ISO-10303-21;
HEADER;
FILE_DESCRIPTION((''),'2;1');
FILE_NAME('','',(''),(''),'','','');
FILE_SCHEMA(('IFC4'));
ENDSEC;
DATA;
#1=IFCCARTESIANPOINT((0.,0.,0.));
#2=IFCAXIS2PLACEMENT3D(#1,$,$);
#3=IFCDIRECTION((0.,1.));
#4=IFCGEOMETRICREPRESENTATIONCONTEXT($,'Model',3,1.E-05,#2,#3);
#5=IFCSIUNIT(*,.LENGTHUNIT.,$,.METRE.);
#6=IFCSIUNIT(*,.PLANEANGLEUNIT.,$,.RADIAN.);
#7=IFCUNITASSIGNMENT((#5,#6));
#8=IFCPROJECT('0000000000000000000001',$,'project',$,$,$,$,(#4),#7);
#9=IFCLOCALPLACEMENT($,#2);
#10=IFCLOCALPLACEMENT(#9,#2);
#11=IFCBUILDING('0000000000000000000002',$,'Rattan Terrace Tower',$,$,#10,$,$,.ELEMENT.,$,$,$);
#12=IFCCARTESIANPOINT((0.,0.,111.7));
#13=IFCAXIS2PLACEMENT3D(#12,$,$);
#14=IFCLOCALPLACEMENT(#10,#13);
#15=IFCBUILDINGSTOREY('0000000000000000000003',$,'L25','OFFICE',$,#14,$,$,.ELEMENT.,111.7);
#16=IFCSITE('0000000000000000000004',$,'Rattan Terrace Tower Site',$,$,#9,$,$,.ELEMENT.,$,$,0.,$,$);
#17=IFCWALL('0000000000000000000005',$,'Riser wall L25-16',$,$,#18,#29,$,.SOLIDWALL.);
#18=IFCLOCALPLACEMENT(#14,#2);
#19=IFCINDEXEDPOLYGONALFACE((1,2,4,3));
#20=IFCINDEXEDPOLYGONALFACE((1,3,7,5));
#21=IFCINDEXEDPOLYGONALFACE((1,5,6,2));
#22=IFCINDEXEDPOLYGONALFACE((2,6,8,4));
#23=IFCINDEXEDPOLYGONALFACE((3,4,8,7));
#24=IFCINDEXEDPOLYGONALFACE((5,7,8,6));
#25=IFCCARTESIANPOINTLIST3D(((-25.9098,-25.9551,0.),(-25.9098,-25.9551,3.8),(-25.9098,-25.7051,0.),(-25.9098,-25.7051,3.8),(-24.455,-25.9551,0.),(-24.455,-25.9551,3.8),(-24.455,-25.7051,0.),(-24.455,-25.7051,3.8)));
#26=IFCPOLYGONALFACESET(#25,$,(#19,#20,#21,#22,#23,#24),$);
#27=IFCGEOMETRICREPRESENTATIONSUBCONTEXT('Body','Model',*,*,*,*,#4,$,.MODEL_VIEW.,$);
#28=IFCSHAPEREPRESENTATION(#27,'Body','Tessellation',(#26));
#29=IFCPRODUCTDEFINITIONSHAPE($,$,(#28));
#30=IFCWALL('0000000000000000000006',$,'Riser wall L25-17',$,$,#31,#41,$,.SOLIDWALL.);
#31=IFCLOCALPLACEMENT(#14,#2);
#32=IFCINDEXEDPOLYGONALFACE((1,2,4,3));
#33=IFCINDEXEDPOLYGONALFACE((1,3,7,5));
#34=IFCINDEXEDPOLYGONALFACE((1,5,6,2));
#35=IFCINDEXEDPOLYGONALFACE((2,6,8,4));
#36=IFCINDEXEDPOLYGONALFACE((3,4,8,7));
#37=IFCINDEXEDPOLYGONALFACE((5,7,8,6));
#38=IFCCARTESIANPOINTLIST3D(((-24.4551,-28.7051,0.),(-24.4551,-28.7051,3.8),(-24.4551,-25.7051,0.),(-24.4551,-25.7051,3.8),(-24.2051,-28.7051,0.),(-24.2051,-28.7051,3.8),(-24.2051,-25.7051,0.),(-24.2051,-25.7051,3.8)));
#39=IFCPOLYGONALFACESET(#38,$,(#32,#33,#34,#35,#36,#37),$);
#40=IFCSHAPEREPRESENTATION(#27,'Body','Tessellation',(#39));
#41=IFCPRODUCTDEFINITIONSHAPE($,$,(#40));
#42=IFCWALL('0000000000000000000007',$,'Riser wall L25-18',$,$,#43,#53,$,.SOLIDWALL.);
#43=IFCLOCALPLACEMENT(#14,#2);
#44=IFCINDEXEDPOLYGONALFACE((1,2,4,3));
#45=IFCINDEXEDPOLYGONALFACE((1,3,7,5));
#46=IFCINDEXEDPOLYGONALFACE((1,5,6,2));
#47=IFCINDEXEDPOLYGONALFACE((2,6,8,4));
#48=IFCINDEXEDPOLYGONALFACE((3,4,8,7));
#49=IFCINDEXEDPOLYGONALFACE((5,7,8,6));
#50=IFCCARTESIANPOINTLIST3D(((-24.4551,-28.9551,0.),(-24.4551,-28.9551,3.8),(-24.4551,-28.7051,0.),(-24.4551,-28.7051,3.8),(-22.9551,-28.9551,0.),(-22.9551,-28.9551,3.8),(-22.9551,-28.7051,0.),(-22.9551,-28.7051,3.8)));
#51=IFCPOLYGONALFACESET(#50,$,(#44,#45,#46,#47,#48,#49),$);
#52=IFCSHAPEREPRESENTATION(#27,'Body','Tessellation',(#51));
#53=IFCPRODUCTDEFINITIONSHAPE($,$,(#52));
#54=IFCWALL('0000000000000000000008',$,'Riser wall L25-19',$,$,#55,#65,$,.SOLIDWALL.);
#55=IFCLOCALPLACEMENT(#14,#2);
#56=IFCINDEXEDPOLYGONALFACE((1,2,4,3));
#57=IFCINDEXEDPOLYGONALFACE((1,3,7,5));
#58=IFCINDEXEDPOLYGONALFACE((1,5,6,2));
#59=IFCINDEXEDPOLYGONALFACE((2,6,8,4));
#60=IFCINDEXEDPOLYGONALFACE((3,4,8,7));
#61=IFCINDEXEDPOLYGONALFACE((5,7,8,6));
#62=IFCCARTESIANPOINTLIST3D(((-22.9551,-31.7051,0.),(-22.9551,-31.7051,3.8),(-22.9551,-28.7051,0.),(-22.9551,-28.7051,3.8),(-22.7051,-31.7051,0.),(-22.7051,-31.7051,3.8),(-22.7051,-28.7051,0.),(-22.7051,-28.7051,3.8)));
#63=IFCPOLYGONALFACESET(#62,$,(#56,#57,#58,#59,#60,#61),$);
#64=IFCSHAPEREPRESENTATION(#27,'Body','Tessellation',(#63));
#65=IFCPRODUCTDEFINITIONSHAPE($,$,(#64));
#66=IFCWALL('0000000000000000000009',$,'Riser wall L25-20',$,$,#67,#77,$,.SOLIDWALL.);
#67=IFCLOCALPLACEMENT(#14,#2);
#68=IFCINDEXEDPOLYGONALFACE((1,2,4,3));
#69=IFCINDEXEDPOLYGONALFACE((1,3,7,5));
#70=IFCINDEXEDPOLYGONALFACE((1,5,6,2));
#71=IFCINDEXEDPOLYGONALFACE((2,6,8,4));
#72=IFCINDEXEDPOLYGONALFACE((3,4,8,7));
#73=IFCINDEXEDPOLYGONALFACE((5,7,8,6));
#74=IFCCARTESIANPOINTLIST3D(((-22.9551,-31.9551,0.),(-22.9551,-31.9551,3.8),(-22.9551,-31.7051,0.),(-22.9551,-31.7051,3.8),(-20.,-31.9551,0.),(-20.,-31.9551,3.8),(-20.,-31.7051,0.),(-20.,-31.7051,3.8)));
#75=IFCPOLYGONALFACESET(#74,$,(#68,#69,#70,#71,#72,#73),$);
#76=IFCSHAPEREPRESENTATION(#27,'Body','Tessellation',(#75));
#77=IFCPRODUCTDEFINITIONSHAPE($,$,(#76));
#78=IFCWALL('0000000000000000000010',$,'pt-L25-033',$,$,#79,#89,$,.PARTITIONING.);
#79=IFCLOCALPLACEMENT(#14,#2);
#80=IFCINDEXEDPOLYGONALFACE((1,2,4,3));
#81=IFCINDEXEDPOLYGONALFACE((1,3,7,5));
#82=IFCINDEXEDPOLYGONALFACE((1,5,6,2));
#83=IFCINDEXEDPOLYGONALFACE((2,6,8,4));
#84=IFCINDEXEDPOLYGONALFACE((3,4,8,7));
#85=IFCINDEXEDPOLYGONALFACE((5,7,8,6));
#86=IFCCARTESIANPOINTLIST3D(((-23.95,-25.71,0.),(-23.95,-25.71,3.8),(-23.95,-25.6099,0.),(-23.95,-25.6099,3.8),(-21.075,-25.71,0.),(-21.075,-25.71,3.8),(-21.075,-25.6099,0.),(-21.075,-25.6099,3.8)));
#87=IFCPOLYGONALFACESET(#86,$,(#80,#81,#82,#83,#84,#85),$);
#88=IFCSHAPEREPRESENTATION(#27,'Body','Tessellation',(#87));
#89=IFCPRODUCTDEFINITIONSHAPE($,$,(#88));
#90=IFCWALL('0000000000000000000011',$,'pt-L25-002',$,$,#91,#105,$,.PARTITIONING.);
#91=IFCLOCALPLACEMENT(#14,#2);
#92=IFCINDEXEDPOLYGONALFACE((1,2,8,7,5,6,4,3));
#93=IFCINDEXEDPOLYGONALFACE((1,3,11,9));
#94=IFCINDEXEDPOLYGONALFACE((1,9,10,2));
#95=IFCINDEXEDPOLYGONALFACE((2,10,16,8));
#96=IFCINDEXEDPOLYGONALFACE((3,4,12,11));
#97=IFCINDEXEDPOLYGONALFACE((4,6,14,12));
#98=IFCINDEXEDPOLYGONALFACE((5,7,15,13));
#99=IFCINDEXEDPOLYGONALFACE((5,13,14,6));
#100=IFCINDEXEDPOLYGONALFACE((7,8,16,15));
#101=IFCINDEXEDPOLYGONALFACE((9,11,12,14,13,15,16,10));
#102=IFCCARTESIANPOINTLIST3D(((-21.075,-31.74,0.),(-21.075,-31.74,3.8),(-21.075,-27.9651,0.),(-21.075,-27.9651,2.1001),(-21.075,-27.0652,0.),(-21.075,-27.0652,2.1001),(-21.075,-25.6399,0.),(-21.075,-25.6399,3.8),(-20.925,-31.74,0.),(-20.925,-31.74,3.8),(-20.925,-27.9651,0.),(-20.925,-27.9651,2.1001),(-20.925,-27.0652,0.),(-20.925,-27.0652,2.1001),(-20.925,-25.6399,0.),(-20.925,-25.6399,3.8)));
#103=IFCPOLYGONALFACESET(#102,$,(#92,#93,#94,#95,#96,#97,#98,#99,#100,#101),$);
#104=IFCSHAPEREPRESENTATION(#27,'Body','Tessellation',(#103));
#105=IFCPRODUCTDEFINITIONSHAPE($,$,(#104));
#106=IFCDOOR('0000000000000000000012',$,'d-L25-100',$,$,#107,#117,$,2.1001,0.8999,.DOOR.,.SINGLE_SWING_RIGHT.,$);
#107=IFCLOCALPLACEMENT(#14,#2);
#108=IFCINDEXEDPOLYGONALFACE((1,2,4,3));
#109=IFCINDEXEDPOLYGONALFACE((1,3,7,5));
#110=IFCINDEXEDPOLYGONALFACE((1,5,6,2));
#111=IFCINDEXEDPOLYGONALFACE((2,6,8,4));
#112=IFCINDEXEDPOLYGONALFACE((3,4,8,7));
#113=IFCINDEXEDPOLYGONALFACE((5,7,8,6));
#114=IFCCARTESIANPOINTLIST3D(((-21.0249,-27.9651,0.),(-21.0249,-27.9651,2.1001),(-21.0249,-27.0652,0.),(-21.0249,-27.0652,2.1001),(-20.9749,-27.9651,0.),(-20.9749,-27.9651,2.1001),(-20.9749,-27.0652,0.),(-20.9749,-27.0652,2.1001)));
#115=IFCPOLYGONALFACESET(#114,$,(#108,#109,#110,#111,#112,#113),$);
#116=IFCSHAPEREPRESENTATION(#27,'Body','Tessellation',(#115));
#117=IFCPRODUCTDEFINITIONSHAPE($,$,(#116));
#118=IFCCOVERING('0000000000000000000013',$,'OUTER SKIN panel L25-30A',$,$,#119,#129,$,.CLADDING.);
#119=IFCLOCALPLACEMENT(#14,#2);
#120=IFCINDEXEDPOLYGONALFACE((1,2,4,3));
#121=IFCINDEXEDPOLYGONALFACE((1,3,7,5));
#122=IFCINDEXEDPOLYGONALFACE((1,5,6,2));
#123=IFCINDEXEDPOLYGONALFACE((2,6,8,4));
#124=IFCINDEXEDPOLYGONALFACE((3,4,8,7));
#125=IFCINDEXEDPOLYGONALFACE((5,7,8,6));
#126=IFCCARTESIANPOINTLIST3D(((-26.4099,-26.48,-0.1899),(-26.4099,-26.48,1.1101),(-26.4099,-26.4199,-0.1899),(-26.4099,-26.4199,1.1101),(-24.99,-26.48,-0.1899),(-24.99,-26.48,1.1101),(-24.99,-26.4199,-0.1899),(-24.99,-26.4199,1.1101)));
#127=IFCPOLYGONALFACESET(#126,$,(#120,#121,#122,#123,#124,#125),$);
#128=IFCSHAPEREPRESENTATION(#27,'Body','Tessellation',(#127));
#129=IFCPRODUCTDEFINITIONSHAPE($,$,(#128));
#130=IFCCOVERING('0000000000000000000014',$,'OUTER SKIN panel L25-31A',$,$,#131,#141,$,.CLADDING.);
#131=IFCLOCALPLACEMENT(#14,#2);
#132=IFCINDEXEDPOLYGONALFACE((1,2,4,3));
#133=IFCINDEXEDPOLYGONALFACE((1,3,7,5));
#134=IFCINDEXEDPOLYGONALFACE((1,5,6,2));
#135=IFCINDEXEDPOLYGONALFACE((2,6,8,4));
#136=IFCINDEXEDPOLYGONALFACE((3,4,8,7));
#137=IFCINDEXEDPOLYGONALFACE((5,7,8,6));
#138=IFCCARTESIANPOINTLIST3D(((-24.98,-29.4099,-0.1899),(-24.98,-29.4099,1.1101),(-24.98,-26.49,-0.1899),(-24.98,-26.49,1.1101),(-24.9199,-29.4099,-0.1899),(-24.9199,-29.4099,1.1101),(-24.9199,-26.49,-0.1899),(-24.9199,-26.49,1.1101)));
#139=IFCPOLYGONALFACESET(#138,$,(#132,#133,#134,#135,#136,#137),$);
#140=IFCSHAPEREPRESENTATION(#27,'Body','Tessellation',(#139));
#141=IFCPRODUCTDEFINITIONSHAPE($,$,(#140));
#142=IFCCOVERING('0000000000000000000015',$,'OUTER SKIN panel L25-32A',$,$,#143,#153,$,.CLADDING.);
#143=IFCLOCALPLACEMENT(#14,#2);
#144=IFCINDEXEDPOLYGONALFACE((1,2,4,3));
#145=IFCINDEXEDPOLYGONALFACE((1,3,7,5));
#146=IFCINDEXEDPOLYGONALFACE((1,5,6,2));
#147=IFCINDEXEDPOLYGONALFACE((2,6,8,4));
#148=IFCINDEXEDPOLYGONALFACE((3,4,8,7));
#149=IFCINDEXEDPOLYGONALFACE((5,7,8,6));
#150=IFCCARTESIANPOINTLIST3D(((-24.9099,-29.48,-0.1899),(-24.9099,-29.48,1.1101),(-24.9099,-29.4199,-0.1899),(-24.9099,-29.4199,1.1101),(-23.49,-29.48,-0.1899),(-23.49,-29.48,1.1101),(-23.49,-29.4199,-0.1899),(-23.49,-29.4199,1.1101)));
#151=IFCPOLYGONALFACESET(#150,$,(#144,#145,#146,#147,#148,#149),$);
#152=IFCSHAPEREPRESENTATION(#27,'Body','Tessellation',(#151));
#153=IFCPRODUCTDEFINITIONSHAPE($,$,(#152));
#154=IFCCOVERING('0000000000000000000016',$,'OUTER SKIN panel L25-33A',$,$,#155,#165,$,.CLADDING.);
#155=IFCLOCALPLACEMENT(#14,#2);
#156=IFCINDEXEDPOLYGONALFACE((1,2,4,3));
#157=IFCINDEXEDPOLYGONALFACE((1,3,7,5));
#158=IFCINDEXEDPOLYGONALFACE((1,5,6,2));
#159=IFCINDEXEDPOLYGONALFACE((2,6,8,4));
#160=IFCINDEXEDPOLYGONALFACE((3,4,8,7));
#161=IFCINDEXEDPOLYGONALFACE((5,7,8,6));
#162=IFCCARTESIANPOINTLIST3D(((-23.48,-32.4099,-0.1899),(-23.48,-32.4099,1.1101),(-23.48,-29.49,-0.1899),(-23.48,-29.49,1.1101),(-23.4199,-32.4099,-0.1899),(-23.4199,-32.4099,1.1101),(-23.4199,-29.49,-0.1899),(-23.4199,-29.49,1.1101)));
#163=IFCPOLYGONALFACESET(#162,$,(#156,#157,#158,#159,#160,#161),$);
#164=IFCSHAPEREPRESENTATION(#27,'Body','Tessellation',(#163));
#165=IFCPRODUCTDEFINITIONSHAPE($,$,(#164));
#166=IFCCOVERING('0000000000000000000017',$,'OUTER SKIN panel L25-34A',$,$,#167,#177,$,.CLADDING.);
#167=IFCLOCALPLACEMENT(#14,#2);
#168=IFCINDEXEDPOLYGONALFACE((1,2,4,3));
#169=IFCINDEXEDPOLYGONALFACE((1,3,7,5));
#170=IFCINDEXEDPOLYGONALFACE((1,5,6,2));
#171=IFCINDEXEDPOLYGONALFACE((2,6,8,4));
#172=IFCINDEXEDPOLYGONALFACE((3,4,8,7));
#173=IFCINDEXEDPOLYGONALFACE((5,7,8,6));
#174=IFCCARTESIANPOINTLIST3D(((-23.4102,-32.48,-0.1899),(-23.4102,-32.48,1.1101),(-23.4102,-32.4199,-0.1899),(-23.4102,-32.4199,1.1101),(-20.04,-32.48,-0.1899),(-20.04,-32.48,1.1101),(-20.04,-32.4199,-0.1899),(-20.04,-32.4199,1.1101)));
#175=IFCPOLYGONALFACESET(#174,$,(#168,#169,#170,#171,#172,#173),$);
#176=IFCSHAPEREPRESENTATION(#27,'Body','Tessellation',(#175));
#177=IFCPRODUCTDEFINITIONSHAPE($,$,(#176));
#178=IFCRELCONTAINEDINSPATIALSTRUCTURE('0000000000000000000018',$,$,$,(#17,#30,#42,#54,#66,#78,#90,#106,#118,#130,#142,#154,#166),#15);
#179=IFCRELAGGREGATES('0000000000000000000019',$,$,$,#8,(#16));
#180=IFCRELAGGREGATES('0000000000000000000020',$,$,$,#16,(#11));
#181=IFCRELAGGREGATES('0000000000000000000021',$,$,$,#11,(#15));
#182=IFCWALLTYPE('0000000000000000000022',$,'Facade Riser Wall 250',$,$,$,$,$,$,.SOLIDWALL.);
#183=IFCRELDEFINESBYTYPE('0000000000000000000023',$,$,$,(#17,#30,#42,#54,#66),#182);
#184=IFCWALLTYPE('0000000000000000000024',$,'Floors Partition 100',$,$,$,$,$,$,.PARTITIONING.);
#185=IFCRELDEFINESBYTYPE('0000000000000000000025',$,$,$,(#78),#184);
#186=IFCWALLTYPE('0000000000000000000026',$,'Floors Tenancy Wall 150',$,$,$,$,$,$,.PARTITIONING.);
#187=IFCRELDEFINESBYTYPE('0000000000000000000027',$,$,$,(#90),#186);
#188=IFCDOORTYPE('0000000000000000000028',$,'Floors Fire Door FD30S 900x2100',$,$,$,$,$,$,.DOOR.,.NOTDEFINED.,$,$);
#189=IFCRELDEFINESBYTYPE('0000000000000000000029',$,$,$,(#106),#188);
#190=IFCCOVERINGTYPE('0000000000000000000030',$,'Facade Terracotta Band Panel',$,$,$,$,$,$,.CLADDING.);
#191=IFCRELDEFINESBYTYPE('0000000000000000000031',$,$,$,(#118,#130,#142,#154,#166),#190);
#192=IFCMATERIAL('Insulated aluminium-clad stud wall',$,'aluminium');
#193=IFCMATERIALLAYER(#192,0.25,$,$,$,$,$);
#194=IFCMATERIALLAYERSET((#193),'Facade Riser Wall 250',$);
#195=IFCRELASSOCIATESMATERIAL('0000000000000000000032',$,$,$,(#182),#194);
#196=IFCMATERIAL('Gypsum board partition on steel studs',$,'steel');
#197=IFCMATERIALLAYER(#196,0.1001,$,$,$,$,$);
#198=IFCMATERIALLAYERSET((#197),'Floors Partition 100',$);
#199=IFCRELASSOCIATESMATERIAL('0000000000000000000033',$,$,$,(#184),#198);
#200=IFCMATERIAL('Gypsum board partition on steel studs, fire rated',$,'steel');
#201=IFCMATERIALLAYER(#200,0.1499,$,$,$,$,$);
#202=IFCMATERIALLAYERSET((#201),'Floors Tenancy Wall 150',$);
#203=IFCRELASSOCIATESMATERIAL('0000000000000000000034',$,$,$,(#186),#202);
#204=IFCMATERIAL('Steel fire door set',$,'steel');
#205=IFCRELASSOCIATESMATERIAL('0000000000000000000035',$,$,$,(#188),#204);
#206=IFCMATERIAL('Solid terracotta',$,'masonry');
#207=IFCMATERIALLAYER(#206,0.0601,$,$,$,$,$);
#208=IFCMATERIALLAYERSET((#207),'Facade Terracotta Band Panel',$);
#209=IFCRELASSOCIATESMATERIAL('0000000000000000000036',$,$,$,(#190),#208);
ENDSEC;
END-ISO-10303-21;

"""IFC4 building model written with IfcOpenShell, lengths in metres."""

from ifc_helpers import new_model, si_unit, direction, frame, frame_2d, origin, origin_2d, place, context, subcontext, project, spatial, rectangle, extrude, material, layer, layer_set, type_object, element, fill, save


model = new_model("IFC4")

# Units and contexts
model_context = context("Model", 3, precision=1e-05, world=origin(), true_north=direction((0.0, 1.0)))
body_context = subcontext(model_context, "Body", "Model", "MODEL_VIEW")
ifc_project = project(units=[si_unit("LENGTHUNIT", "METRE"), si_unit("PLANEANGLEUNIT", "RADIAN")], contexts=[model_context])

# Site, building, storey
site_placement = place(None, origin())
site = spatial("IfcSite", under=ifc_project, at=site_placement, Name="Rattan Terrace Tower Site", CompositionType="ELEMENT", RefElevation=0.0)
building_placement = place(site_placement, origin())
building = spatial("IfcBuilding", under=site, at=building_placement, Name="Rattan Terrace Tower", CompositionType="ELEMENT")
storey_placement = place(building_placement, frame((0.0, 0.0, 111.7)))
storey = spatial("IfcBuildingStorey", under=building, at=storey_placement, Name="L25", Description="OFFICE", CompositionType="ELEMENT", Elevation=111.7)

# Walls
ifc_material_1 = material(Name="Insulated aluminium-clad stud wall", Category="aluminium")
ifc_layer_1 = layer(ifc_material_1, 0.25)
ifc_layer_set_1 = layer_set([ifc_layer_1], Name="Facade Riser Wall 250")
wall_type_1 = type_object("IfcWallType", Name="Facade Riser Wall 250", PredefinedType="SOLIDWALL", material=ifc_layer_set_1)
wall_1_placement = place(storey_placement, frame((-25.9099, -25.8301, 0.0), z_axis=(0.0, 0.0, 1.0), x_axis=(1.0, 0.0, 0.0)))
element("IfcWall", 1, at=wall_1_placement, inside=storey, type_object=wall_type_1, Name="Riser wall L25-16", PredefinedType="SOLIDWALL", context=body_context, shape_type="SweptSolid", body=[
    extrude(rectangle(XDim=1.4548, YDim=0.25, at=frame_2d((0.7275, 0.0))), origin(), (0.0, 0.0, 1.0), 3.8),
])
wall_2_placement = place(storey_placement, frame((-24.3301, -25.7051, 0.0), z_axis=(0.0, 0.0, 1.0), x_axis=(0.0, -1.0, 0.0)))
element("IfcWall", 2, at=wall_2_placement, inside=storey, type_object=wall_type_1, Name="Riser wall L25-17", PredefinedType="SOLIDWALL", context=body_context, shape_type="SweptSolid", body=[
    extrude(rectangle(XDim=3.0, YDim=0.25, at=frame_2d((1.5, 0.0))), origin(), (0.0, 0.0, 1.0), 3.8),
])
wall_3_placement = place(storey_placement, frame((-24.4551, -28.8301, 0.0), z_axis=(0.0, 0.0, 1.0), x_axis=(1.0, 0.0, 0.0)))
element("IfcWall", 3, at=wall_3_placement, inside=storey, type_object=wall_type_1, Name="Riser wall L25-18", PredefinedType="SOLIDWALL", context=body_context, shape_type="SweptSolid", body=[
    extrude(rectangle(XDim=1.5, YDim=0.25, at=frame_2d((0.75, 0.0))), origin(), (0.0, 0.0, 1.0), 3.8),
])
wall_4_placement = place(storey_placement, frame((-22.8301, -28.7051, 0.0), z_axis=(0.0, 0.0, 1.0), x_axis=(0.0, -1.0, 0.0)))
element("IfcWall", 4, at=wall_4_placement, inside=storey, type_object=wall_type_1, Name="Riser wall L25-19", PredefinedType="SOLIDWALL", context=body_context, shape_type="SweptSolid", body=[
    extrude(rectangle(XDim=3.0, YDim=0.25, at=frame_2d((1.5, 0.0))), origin(), (0.0, 0.0, 1.0), 3.8),
])
wall_5_placement = place(storey_placement, frame((-22.9551, -31.8301, 0.0), z_axis=(0.0, 0.0, 1.0), x_axis=(1.0, 0.0, 0.0)))
element("IfcWall", 5, at=wall_5_placement, inside=storey, type_object=wall_type_1, Name="Riser wall L25-20", PredefinedType="SOLIDWALL", context=body_context, shape_type="SweptSolid", body=[
    extrude(rectangle(XDim=2.9551, YDim=0.25, at=frame_2d((1.4775, 0.0))), origin(), (0.0, 0.0, 1.0), 3.8),
])
ifc_material_2 = material(Name="Gypsum board partition on steel studs", Category="steel")
ifc_layer_2 = layer(ifc_material_2, 0.1001)
ifc_layer_set_2 = layer_set([ifc_layer_2], Name="Floors Partition 100")
wall_type_2 = type_object("IfcWallType", Name="Floors Partition 100", PredefinedType="PARTITIONING", material=ifc_layer_set_2)
wall_6_placement = place(storey_placement, frame((-23.95, -25.6599, 0.0), z_axis=(0.0, 0.0, 1.0), x_axis=(1.0, 0.0, 0.0)))
element("IfcWall", 6, at=wall_6_placement, inside=storey, type_object=wall_type_2, Name="pt-L25-033", PredefinedType="PARTITIONING", context=body_context, shape_type="SweptSolid", body=[
    extrude(rectangle(XDim=2.875, YDim=0.1001, at=frame_2d((1.4375, 0.0))), origin(), (0.0, 0.0, 1.0), 3.8),
])

# Wall, opening, door
ifc_material_3 = material(Name="Gypsum board partition on steel studs, fire rated", Category="steel")
ifc_layer_3 = layer(ifc_material_3, 0.1499)
ifc_layer_set_3 = layer_set([ifc_layer_3], Name="Floors Tenancy Wall 150")
wall_type_3 = type_object("IfcWallType", Name="Floors Tenancy Wall 150", PredefinedType="PARTITIONING", material=ifc_layer_set_3)
wall_7_placement = place(storey_placement, frame((-21.0, -31.74, 0.0), z_axis=(0.0, 0.0, 1.0), x_axis=(0.0, 1.0, 0.0)))
wall_7 = element("IfcWall", 7, at=wall_7_placement, inside=storey, type_object=wall_type_3, Name="pt-L25-002", PredefinedType="PARTITIONING", context=body_context, shape_type="SweptSolid", body=[
    extrude(rectangle(XDim=6.1001, YDim=0.1499, at=frame_2d((3.05, 0.0))), origin(), (0.0, 0.0, 1.0), 3.8),
])
opening_placement = place(wall_7_placement, frame((3.7749, 0.0, 0.0)))
opening = element("IfcOpeningElement", 8, at=opening_placement, cuts=wall_7, PredefinedType="OPENING", context=body_context, shape_type="SweptSolid", body=[
    extrude(rectangle(XDim=0.8999, YDim=2.1001, at=frame_2d((0.45, 1.05))), frame((0.0, 0.0854, 0.0), z_axis=(0.0, -1.0, 0.0), x_axis=(1.0, 0.0, 0.0)), (0.0, 0.0, 1.0), 0.1709),
])
ifc_material_4 = material(Name="Steel fire door set", Category="steel")
door_type = type_object("IfcDoorType", Name="Floors Fire Door FD30S 900x2100", OperationType="NOTDEFINED", PredefinedType="DOOR", material=ifc_material_4)
door_placement = place(opening_placement, origin())
door = element("IfcDoor", 9, at=door_placement, inside=storey, type_object=door_type, Name="d-L25-100", OperationType="SINGLE_SWING_RIGHT", OverallHeight=2.1001, OverallWidth=0.8999, PredefinedType="DOOR", context=body_context, shape_type="SweptSolid", body=[
    extrude(rectangle(XDim=0.8999, YDim=2.1001, at=frame_2d((0.45, 1.05))), frame((0.0, 0.0249, 0.0), z_axis=(0.0, -1.0, 0.0), x_axis=(1.0, 0.0, 0.0)), (0.0, 0.0, 1.0), 0.05),
])
fill(opening, door)

# Coverings
ifc_material_5 = material(Name="Solid terracotta", Category="masonry")
ifc_layer_4 = layer(ifc_material_5, 0.0601)
ifc_layer_set_4 = layer_set([ifc_layer_4], Name="Facade Terracotta Band Panel")
covering_type_1 = type_object("IfcCoveringType", Name="Facade Terracotta Band Panel", PredefinedType="CLADDING", material=ifc_layer_set_4)
covering_1_placement = place(storey_placement, frame((-25.7, -26.45, -0.1899), z_axis=(0.0, 0.0, 1.0), x_axis=(1.0, 0.0, 0.0)))
element("IfcCovering", 10, at=covering_1_placement, inside=storey, type_object=covering_type_1, Name="OUTER SKIN panel L25-30A", PredefinedType="CLADDING", context=body_context, shape_type="SweptSolid", body=[
    extrude(rectangle(XDim=1.4199, YDim=0.0601, at=origin_2d()), origin(), (0.0, 0.0, 1.0), 1.3),
])
covering_2_placement = place(storey_placement, frame((-24.95, -27.95, -0.1899), z_axis=(0.0, 0.0, 1.0), x_axis=(0.0, -1.0, 0.0)))
element("IfcCovering", 11, at=covering_2_placement, inside=storey, type_object=covering_type_1, Name="OUTER SKIN panel L25-31A", PredefinedType="CLADDING", context=body_context, shape_type="SweptSolid", body=[
    extrude(rectangle(XDim=2.9199, YDim=0.0601, at=origin_2d()), origin(), (0.0, 0.0, 1.0), 1.3),
])
covering_3_placement = place(storey_placement, frame((-24.2, -29.45, -0.1899), z_axis=(0.0, 0.0, 1.0), x_axis=(1.0, 0.0, 0.0)))
element("IfcCovering", 12, at=covering_3_placement, inside=storey, type_object=covering_type_1, Name="OUTER SKIN panel L25-32A", PredefinedType="CLADDING", context=body_context, shape_type="SweptSolid", body=[
    extrude(rectangle(XDim=1.4199, YDim=0.0601, at=origin_2d()), origin(), (0.0, 0.0, 1.0), 1.3),
])
covering_4_placement = place(storey_placement, frame((-23.45, -30.95, -0.1899), z_axis=(0.0, 0.0, 1.0), x_axis=(0.0, -1.0, 0.0)))
element("IfcCovering", 13, at=covering_4_placement, inside=storey, type_object=covering_type_1, Name="OUTER SKIN panel L25-33A", PredefinedType="CLADDING", context=body_context, shape_type="SweptSolid", body=[
    extrude(rectangle(XDim=2.9199, YDim=0.0601, at=origin_2d()), origin(), (0.0, 0.0, 1.0), 1.3),
])
covering_5_placement = place(storey_placement, frame((-21.7251, -32.45, -0.1899), z_axis=(0.0, 0.0, 1.0), x_axis=(1.0, 0.0, 0.0)))
element("IfcCovering", 14, at=covering_5_placement, inside=storey, type_object=covering_type_1, Name="OUTER SKIN panel L25-34A", PredefinedType="CLADDING", context=body_context, shape_type="SweptSolid", body=[
    extrude(rectangle(XDim=3.3701, YDim=0.0601, at=origin_2d()), origin(), (0.0, 0.0, 1.0), 1.3),
])

save(model, "model.ifc")
